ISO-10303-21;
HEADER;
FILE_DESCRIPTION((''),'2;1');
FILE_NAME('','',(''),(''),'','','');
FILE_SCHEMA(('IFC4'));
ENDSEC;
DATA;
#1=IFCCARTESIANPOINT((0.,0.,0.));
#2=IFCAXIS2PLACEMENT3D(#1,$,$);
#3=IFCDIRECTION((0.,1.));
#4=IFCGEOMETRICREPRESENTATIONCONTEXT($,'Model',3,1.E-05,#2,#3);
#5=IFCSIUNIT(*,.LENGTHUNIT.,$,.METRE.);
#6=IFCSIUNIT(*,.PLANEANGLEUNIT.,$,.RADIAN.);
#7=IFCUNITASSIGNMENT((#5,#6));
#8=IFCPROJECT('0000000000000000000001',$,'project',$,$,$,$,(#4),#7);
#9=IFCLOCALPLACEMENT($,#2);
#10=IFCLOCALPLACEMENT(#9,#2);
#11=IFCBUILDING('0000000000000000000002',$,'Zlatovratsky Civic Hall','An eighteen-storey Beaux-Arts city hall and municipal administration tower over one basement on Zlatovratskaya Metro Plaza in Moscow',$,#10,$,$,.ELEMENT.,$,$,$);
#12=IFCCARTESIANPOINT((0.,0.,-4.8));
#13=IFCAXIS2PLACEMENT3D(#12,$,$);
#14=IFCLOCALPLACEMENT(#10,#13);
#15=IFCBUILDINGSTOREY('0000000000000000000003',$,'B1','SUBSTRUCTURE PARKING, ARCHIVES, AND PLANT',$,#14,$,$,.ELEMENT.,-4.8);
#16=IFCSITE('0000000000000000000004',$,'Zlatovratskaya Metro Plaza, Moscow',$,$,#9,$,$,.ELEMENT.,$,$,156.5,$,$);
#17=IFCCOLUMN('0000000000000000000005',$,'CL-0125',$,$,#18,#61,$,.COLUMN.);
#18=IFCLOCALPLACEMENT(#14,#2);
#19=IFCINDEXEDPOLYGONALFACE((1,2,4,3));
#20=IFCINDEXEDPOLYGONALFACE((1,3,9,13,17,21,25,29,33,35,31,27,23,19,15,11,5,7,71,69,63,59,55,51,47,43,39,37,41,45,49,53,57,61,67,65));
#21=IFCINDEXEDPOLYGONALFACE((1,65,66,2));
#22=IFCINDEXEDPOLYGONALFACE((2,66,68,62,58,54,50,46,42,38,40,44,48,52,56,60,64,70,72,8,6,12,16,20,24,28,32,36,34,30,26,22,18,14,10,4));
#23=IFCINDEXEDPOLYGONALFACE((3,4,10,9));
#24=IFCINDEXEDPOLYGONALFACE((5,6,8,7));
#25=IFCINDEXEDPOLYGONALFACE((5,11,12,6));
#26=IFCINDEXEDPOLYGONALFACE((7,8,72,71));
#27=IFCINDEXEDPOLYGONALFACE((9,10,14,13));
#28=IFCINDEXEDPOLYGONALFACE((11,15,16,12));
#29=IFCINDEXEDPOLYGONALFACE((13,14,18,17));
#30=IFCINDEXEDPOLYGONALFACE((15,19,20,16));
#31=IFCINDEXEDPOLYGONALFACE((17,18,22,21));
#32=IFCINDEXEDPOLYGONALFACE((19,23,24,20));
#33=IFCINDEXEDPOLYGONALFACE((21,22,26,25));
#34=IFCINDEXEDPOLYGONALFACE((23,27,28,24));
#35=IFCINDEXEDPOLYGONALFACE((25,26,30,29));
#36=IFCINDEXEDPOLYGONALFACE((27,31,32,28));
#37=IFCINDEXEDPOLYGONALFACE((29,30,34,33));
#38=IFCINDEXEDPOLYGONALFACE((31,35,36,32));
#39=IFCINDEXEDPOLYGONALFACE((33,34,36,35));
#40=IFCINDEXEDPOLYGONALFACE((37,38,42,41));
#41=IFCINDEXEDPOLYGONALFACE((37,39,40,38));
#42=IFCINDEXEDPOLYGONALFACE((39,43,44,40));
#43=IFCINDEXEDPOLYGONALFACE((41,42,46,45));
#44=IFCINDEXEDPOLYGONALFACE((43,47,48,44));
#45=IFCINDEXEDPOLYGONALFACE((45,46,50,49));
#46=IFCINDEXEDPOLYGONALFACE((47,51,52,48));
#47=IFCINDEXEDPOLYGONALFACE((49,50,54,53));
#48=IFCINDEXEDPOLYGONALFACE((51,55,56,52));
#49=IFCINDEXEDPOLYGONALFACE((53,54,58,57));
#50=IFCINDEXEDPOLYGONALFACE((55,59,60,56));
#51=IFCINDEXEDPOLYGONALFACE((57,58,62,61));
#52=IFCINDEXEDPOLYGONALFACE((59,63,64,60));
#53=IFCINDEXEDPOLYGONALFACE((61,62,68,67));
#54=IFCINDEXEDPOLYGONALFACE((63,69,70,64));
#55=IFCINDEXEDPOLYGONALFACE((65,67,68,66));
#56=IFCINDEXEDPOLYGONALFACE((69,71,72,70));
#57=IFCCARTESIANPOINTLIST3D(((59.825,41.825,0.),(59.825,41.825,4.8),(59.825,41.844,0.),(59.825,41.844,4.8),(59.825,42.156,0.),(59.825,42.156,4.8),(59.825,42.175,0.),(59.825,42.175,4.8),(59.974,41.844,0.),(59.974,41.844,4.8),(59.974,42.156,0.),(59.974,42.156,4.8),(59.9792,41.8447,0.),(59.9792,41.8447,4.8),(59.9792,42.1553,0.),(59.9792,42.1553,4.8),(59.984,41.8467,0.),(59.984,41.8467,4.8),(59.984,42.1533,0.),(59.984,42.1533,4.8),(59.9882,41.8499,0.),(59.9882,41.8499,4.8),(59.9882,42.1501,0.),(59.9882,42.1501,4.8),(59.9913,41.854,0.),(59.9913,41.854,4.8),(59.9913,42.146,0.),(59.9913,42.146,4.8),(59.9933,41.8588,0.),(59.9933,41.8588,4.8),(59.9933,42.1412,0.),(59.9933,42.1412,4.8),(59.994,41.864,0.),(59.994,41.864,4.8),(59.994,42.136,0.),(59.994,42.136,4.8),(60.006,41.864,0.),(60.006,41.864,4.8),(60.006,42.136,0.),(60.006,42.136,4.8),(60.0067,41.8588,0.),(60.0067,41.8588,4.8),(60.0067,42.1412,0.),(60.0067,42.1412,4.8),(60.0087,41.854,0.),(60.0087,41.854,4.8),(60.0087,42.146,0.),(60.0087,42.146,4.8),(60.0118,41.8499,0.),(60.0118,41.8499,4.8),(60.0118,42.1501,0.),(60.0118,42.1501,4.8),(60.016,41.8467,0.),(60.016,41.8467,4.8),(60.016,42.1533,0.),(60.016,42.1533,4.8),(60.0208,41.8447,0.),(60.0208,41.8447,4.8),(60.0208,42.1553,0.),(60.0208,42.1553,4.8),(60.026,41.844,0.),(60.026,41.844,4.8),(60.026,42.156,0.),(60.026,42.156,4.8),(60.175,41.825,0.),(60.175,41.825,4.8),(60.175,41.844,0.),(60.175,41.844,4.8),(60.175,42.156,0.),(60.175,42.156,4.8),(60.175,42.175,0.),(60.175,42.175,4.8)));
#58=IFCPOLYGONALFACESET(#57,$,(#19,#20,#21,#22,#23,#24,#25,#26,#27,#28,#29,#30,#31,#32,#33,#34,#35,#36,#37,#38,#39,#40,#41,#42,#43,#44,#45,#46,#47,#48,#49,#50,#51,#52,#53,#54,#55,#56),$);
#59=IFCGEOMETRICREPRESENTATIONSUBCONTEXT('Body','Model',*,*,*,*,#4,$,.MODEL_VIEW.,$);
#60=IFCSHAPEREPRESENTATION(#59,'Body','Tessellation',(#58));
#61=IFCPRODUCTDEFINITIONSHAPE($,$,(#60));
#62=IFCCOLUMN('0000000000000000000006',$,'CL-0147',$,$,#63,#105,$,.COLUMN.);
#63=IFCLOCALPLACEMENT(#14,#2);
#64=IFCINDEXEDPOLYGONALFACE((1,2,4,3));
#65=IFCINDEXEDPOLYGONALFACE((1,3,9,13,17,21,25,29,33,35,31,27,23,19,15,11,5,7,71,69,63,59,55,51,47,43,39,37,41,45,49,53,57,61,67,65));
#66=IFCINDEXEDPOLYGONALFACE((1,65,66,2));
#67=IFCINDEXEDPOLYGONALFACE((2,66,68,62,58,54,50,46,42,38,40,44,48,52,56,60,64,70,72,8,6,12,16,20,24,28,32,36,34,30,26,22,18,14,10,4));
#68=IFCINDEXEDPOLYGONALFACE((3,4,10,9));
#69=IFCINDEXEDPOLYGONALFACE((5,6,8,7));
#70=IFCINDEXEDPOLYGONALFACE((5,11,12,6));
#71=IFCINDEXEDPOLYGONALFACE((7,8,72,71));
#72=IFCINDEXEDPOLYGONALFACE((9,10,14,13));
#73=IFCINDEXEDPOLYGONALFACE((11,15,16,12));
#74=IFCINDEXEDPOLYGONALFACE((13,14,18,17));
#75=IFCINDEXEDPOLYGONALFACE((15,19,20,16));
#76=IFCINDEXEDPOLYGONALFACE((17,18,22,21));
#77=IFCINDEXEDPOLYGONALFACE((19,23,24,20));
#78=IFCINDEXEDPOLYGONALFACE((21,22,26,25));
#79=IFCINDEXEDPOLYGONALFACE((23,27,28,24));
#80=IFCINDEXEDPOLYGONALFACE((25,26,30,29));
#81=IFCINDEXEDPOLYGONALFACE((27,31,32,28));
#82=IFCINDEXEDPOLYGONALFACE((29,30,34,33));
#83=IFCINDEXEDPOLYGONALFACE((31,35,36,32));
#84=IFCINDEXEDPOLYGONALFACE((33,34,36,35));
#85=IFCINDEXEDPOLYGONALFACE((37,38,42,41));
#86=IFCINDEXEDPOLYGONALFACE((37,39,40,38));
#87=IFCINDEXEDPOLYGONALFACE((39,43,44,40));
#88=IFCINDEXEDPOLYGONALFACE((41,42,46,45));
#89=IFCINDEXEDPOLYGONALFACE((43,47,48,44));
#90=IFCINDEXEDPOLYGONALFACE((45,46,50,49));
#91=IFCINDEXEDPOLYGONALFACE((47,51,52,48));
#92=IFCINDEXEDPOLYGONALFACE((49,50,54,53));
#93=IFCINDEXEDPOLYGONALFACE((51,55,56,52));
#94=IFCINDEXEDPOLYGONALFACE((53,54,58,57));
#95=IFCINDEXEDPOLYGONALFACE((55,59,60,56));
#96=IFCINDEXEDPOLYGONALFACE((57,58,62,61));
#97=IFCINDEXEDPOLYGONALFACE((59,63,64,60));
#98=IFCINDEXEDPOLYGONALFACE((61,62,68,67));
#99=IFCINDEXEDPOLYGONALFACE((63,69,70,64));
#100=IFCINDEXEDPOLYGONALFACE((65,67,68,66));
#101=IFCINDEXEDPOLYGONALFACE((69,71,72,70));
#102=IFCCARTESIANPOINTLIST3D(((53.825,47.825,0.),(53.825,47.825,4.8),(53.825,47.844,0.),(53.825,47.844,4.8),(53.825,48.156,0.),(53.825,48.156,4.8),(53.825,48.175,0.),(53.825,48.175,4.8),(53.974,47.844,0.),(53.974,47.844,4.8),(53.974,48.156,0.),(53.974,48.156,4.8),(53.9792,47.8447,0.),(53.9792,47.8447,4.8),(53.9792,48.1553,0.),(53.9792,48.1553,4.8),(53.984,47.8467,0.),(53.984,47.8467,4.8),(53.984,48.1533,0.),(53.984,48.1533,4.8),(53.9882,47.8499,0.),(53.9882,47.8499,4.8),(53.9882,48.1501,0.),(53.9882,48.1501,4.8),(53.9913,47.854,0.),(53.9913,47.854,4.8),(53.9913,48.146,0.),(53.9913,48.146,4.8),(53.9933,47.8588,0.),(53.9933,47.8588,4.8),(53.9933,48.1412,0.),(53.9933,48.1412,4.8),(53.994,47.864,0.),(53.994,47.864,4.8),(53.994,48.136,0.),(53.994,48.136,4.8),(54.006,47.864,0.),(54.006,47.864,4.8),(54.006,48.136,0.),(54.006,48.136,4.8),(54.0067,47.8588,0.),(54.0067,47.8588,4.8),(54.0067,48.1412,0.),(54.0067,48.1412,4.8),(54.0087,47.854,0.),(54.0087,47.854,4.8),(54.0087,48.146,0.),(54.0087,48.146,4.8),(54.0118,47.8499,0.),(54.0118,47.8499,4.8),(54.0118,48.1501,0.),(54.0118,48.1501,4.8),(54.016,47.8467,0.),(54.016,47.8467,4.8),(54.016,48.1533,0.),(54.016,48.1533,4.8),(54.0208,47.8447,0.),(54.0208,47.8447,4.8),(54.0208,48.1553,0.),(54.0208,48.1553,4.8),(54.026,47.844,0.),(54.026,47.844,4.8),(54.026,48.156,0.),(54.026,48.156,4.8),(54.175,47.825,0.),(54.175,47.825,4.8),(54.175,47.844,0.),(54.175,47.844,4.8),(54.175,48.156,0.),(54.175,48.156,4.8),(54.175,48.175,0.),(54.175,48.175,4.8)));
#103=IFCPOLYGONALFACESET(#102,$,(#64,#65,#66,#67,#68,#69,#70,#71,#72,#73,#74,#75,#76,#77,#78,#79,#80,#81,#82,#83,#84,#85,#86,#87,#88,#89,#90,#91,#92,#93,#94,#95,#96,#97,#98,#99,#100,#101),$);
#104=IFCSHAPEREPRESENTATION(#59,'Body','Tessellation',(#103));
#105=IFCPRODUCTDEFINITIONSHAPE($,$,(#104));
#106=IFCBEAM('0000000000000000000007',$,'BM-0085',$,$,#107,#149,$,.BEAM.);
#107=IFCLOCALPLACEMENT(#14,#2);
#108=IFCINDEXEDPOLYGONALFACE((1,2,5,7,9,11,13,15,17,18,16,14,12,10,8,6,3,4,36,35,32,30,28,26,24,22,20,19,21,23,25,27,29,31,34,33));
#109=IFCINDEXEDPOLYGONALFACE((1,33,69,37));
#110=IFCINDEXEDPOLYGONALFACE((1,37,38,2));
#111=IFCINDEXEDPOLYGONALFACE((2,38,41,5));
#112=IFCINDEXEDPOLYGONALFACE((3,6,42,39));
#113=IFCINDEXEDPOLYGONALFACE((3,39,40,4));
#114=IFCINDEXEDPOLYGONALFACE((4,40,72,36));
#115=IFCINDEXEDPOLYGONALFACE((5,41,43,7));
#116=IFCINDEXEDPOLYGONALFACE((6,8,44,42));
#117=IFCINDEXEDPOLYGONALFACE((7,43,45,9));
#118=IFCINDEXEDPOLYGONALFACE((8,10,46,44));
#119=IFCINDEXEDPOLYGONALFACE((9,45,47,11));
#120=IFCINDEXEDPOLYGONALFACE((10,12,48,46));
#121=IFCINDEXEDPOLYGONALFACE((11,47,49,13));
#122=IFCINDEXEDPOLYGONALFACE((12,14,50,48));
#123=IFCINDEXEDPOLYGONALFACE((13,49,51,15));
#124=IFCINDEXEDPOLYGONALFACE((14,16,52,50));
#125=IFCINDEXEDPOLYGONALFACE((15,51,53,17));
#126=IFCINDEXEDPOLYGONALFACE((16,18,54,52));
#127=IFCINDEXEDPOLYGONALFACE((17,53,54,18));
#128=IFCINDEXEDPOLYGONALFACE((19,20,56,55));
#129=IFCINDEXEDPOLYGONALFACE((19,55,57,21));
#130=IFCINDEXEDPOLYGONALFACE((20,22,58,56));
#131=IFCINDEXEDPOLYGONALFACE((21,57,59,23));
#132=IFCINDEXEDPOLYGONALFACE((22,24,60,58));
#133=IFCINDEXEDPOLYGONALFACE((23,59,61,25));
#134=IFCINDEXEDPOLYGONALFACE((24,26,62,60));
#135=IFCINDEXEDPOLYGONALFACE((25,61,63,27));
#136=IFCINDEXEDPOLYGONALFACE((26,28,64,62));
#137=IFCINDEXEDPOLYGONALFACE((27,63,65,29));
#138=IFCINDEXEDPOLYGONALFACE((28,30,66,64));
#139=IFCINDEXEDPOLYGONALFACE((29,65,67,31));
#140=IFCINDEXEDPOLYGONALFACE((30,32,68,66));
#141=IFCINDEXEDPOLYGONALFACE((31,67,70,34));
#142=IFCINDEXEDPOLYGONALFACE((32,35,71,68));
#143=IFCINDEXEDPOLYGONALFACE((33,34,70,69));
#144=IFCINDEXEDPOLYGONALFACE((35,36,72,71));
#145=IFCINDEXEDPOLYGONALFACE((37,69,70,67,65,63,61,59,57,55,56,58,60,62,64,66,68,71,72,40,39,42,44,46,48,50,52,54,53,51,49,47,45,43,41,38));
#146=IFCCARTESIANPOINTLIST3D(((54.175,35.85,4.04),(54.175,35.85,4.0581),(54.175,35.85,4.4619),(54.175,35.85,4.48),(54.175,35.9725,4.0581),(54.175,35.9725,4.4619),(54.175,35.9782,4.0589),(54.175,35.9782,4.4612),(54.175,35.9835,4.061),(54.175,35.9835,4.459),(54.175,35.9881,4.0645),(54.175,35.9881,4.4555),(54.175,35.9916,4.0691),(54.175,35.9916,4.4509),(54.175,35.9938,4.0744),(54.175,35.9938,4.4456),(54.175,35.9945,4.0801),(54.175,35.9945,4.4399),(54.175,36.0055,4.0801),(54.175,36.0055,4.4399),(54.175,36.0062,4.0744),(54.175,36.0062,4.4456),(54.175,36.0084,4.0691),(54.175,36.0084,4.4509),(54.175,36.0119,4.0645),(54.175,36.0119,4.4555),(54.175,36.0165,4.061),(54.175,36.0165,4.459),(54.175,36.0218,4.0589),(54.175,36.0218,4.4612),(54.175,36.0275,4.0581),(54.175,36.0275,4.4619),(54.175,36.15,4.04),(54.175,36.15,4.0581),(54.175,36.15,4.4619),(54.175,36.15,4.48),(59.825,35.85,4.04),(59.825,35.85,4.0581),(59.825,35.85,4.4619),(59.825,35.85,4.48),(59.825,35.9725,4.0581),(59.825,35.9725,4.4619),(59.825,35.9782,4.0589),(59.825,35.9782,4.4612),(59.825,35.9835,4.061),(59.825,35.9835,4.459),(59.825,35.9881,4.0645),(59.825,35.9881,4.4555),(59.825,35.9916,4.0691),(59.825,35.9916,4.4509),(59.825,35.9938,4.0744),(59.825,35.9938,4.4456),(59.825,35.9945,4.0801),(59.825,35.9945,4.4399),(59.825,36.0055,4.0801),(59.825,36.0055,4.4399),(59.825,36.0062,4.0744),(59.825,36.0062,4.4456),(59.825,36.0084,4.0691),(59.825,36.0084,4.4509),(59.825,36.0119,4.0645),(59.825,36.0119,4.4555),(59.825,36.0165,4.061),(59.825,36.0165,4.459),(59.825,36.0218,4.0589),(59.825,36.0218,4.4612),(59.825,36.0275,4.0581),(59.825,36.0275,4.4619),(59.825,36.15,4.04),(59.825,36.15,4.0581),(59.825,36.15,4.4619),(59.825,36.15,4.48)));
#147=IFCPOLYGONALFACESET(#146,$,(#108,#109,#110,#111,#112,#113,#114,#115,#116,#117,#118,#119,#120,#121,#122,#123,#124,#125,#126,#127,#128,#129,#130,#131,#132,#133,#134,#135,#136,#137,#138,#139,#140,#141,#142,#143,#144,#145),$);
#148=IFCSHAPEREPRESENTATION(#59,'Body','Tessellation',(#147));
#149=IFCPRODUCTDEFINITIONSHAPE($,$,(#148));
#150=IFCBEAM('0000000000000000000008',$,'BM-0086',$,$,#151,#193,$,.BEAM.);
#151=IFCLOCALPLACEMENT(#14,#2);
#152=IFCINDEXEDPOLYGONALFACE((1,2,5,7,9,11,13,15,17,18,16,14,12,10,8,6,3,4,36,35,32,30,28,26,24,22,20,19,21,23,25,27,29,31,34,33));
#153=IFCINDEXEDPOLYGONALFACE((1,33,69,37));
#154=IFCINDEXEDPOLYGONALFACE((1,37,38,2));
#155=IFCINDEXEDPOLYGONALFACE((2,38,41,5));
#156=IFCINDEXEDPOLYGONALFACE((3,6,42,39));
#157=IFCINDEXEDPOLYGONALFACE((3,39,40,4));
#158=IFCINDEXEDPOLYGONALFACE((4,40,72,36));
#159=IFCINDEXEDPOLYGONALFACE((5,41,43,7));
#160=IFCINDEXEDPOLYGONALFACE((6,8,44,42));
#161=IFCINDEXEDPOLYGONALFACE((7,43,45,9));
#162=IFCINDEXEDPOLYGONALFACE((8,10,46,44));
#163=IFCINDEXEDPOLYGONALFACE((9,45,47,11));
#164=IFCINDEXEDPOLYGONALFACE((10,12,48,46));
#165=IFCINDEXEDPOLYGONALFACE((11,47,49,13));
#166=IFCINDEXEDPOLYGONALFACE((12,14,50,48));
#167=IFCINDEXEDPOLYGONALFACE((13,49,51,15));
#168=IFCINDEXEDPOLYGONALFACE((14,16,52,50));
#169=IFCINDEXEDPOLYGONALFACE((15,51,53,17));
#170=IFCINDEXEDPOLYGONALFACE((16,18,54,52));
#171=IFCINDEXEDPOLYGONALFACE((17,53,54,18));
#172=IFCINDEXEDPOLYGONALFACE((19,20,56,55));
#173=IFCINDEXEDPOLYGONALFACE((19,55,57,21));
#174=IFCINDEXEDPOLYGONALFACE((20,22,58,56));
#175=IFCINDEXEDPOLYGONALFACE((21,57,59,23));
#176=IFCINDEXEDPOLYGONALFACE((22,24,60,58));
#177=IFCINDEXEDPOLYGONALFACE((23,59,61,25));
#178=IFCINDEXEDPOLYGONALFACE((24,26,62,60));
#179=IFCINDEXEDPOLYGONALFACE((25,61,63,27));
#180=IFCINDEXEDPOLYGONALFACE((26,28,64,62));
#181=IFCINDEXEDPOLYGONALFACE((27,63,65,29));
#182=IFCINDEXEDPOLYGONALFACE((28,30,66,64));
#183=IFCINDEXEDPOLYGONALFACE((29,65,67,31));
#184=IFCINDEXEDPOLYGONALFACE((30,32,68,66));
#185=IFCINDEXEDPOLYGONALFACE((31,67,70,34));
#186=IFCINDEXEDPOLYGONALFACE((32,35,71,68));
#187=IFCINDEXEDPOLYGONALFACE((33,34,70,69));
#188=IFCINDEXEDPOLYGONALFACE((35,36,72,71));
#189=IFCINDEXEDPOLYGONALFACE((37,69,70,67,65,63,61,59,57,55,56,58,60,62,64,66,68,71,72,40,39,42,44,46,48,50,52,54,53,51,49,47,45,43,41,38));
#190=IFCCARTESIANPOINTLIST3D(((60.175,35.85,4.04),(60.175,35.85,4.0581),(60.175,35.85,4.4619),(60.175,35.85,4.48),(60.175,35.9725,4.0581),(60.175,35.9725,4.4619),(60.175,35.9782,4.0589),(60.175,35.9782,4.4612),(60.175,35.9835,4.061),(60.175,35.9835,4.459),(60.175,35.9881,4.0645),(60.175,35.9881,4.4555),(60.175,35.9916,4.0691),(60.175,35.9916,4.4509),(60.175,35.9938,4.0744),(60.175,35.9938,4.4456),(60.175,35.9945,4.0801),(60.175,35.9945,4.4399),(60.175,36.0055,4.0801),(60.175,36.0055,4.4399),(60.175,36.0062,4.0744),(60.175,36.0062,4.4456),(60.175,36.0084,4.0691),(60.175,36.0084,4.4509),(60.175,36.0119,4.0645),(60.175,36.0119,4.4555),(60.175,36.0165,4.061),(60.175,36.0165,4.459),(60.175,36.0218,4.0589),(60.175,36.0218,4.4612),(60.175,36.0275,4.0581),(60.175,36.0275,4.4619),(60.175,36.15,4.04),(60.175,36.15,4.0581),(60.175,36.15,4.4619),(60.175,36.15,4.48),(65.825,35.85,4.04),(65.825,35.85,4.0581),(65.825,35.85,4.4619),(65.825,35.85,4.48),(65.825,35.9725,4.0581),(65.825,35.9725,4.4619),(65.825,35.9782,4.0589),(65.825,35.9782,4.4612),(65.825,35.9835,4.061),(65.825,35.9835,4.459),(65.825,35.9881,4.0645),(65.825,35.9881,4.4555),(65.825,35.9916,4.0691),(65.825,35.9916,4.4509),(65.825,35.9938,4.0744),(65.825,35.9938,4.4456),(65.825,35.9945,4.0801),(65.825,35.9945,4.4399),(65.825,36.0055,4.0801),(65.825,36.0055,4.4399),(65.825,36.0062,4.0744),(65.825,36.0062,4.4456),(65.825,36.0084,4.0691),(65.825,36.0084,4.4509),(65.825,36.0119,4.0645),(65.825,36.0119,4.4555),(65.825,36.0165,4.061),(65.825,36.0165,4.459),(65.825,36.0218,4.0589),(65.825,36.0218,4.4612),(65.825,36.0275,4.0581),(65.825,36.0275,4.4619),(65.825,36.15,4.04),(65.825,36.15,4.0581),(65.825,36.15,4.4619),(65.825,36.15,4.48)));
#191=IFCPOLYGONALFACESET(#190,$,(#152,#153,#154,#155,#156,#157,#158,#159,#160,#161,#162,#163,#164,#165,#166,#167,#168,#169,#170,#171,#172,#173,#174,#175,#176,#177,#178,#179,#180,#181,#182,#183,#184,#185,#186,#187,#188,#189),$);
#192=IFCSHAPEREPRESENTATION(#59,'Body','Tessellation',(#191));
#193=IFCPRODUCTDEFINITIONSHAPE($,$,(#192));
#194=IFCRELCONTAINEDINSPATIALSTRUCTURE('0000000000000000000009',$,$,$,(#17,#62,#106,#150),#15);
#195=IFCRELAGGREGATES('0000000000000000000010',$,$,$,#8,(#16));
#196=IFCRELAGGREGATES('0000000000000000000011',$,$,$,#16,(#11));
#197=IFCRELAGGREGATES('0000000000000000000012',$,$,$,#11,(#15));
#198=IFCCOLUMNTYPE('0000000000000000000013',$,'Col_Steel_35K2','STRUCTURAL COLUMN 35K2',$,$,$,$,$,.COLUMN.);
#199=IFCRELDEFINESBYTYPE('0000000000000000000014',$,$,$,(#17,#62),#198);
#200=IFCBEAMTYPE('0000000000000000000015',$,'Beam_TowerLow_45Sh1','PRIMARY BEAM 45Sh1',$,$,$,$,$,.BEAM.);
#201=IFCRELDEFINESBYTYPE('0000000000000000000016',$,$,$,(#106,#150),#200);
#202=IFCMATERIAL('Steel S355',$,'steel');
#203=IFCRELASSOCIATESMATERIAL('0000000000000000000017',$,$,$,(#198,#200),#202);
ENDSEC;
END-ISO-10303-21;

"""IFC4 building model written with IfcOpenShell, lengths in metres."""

from ifc_helpers import new_model, si_unit, direction, frame, origin, origin_2d, place, context, subcontext, project, spatial, i_section, extrude, material, material_profile, profile_set, type_object, element, save


model = new_model("IFC4")

# Units and contexts
model_context = context("Model", 3, precision=1e-05, world=origin(), true_north=direction((0.0, 1.0)))
body_context = subcontext(model_context, "Body", "Model", "MODEL_VIEW")
ifc_project = project(units=[si_unit("LENGTHUNIT", "METRE"), si_unit("PLANEANGLEUNIT", "RADIAN")], contexts=[model_context])

# Site, building, storey
site_placement = place(None, origin())
site = spatial("IfcSite", under=ifc_project, at=site_placement, Name="Zlatovratskaya Metro Plaza, Moscow", CompositionType="ELEMENT", RefElevation=156.5)
building_placement = place(site_placement, origin())
building = spatial("IfcBuilding", under=site, at=building_placement, Name="Zlatovratsky Civic Hall", Description="An eighteen-storey Beaux-Arts city hall and municipal administration tower over one basement on Zlatovratskaya Metro Plaza in Moscow", CompositionType="ELEMENT")
storey_placement = place(building_placement, frame((0.0, 0.0, -4.8)))
storey = spatial("IfcBuildingStorey", under=building, at=storey_placement, Name="B1", Description="SUBSTRUCTURE PARKING, ARCHIVES, AND PLANT", CompositionType="ELEMENT", Elevation=-4.8)

# Columns
ifc_material_1 = material(Name="Steel S355", Category="steel")
ifc_material_profile_1 = material_profile(ifc_material_1, i_section(OverallWidth=0.3501, OverallDepth=0.3501, WebThickness=0.012, FlangeThickness=0.019, FilletRadius=0.02, at=origin_2d()), Name="35K2")
ifc_profile_set_1 = profile_set([ifc_material_profile_1], Name="Steel S355")
column_type = type_object("IfcColumnType", Name="Col_Steel_35K2", Description="STRUCTURAL COLUMN 35K2", PredefinedType="COLUMN", material=ifc_profile_set_1)
for number, where, z_axis, x_axis, name in (
    (1, (60.0, 42.0, 0.0), (0.0, 0.0, 1.0), (1.0, 0.0, 0.0), "CL-0125"),
    (2, (54.0, 48.0, 0.0), (0.0, 0.0, 1.0), (1.0, 0.0, 0.0), "CL-0147"),
):
    element("IfcColumn", number, at=place(storey_placement, frame(where, z_axis=z_axis, x_axis=x_axis)), inside=storey, type_object=column_type, Name=name, PredefinedType="COLUMN", context=body_context, shape_type="SweptSolid", body=[
        extrude(i_section(OverallWidth=0.3501, OverallDepth=0.3501, WebThickness=0.012, FlangeThickness=0.019, FilletRadius=0.02, at=origin_2d()), origin(), (0.0, 0.0, 1.0), 4.8),
    ])

# Beams
ifc_material_profile_2 = material_profile(ifc_material_1, i_section(OverallWidth=0.3, OverallDepth=0.4399, WebThickness=0.011, FlangeThickness=0.0181, FilletRadius=0.022, at=origin_2d()), Name="45Sh1")
ifc_profile_set_2 = profile_set([ifc_material_profile_2], Name="Steel S355")
beam_type = type_object("IfcBeamType", Name="Beam_TowerLow_45Sh1", Description="PRIMARY BEAM 45Sh1", PredefinedType="BEAM", material=ifc_profile_set_2)
for number, where, z_axis, x_axis, name in (
    (3, (54.175, 36.0, 4.26), (1.0, 0.0, 0.0), (0.0, 1.0, 0.0), "BM-0085"),
    (4, (60.175, 36.0, 4.26), (1.0, 0.0, 0.0), (0.0, 1.0, 0.0), "BM-0086"),
):
    element("IfcBeam", number, at=place(storey_placement, frame(where, z_axis=z_axis, x_axis=x_axis)), inside=storey, type_object=beam_type, Name=name, PredefinedType="BEAM", context=body_context, shape_type="SweptSolid", body=[
        extrude(i_section(OverallWidth=0.3, OverallDepth=0.4399, WebThickness=0.011, FlangeThickness=0.0181, FilletRadius=0.022, at=origin_2d()), origin(), (0.0, 0.0, 1.0), 5.6499),
    ])

save(model, "model.ifc")
